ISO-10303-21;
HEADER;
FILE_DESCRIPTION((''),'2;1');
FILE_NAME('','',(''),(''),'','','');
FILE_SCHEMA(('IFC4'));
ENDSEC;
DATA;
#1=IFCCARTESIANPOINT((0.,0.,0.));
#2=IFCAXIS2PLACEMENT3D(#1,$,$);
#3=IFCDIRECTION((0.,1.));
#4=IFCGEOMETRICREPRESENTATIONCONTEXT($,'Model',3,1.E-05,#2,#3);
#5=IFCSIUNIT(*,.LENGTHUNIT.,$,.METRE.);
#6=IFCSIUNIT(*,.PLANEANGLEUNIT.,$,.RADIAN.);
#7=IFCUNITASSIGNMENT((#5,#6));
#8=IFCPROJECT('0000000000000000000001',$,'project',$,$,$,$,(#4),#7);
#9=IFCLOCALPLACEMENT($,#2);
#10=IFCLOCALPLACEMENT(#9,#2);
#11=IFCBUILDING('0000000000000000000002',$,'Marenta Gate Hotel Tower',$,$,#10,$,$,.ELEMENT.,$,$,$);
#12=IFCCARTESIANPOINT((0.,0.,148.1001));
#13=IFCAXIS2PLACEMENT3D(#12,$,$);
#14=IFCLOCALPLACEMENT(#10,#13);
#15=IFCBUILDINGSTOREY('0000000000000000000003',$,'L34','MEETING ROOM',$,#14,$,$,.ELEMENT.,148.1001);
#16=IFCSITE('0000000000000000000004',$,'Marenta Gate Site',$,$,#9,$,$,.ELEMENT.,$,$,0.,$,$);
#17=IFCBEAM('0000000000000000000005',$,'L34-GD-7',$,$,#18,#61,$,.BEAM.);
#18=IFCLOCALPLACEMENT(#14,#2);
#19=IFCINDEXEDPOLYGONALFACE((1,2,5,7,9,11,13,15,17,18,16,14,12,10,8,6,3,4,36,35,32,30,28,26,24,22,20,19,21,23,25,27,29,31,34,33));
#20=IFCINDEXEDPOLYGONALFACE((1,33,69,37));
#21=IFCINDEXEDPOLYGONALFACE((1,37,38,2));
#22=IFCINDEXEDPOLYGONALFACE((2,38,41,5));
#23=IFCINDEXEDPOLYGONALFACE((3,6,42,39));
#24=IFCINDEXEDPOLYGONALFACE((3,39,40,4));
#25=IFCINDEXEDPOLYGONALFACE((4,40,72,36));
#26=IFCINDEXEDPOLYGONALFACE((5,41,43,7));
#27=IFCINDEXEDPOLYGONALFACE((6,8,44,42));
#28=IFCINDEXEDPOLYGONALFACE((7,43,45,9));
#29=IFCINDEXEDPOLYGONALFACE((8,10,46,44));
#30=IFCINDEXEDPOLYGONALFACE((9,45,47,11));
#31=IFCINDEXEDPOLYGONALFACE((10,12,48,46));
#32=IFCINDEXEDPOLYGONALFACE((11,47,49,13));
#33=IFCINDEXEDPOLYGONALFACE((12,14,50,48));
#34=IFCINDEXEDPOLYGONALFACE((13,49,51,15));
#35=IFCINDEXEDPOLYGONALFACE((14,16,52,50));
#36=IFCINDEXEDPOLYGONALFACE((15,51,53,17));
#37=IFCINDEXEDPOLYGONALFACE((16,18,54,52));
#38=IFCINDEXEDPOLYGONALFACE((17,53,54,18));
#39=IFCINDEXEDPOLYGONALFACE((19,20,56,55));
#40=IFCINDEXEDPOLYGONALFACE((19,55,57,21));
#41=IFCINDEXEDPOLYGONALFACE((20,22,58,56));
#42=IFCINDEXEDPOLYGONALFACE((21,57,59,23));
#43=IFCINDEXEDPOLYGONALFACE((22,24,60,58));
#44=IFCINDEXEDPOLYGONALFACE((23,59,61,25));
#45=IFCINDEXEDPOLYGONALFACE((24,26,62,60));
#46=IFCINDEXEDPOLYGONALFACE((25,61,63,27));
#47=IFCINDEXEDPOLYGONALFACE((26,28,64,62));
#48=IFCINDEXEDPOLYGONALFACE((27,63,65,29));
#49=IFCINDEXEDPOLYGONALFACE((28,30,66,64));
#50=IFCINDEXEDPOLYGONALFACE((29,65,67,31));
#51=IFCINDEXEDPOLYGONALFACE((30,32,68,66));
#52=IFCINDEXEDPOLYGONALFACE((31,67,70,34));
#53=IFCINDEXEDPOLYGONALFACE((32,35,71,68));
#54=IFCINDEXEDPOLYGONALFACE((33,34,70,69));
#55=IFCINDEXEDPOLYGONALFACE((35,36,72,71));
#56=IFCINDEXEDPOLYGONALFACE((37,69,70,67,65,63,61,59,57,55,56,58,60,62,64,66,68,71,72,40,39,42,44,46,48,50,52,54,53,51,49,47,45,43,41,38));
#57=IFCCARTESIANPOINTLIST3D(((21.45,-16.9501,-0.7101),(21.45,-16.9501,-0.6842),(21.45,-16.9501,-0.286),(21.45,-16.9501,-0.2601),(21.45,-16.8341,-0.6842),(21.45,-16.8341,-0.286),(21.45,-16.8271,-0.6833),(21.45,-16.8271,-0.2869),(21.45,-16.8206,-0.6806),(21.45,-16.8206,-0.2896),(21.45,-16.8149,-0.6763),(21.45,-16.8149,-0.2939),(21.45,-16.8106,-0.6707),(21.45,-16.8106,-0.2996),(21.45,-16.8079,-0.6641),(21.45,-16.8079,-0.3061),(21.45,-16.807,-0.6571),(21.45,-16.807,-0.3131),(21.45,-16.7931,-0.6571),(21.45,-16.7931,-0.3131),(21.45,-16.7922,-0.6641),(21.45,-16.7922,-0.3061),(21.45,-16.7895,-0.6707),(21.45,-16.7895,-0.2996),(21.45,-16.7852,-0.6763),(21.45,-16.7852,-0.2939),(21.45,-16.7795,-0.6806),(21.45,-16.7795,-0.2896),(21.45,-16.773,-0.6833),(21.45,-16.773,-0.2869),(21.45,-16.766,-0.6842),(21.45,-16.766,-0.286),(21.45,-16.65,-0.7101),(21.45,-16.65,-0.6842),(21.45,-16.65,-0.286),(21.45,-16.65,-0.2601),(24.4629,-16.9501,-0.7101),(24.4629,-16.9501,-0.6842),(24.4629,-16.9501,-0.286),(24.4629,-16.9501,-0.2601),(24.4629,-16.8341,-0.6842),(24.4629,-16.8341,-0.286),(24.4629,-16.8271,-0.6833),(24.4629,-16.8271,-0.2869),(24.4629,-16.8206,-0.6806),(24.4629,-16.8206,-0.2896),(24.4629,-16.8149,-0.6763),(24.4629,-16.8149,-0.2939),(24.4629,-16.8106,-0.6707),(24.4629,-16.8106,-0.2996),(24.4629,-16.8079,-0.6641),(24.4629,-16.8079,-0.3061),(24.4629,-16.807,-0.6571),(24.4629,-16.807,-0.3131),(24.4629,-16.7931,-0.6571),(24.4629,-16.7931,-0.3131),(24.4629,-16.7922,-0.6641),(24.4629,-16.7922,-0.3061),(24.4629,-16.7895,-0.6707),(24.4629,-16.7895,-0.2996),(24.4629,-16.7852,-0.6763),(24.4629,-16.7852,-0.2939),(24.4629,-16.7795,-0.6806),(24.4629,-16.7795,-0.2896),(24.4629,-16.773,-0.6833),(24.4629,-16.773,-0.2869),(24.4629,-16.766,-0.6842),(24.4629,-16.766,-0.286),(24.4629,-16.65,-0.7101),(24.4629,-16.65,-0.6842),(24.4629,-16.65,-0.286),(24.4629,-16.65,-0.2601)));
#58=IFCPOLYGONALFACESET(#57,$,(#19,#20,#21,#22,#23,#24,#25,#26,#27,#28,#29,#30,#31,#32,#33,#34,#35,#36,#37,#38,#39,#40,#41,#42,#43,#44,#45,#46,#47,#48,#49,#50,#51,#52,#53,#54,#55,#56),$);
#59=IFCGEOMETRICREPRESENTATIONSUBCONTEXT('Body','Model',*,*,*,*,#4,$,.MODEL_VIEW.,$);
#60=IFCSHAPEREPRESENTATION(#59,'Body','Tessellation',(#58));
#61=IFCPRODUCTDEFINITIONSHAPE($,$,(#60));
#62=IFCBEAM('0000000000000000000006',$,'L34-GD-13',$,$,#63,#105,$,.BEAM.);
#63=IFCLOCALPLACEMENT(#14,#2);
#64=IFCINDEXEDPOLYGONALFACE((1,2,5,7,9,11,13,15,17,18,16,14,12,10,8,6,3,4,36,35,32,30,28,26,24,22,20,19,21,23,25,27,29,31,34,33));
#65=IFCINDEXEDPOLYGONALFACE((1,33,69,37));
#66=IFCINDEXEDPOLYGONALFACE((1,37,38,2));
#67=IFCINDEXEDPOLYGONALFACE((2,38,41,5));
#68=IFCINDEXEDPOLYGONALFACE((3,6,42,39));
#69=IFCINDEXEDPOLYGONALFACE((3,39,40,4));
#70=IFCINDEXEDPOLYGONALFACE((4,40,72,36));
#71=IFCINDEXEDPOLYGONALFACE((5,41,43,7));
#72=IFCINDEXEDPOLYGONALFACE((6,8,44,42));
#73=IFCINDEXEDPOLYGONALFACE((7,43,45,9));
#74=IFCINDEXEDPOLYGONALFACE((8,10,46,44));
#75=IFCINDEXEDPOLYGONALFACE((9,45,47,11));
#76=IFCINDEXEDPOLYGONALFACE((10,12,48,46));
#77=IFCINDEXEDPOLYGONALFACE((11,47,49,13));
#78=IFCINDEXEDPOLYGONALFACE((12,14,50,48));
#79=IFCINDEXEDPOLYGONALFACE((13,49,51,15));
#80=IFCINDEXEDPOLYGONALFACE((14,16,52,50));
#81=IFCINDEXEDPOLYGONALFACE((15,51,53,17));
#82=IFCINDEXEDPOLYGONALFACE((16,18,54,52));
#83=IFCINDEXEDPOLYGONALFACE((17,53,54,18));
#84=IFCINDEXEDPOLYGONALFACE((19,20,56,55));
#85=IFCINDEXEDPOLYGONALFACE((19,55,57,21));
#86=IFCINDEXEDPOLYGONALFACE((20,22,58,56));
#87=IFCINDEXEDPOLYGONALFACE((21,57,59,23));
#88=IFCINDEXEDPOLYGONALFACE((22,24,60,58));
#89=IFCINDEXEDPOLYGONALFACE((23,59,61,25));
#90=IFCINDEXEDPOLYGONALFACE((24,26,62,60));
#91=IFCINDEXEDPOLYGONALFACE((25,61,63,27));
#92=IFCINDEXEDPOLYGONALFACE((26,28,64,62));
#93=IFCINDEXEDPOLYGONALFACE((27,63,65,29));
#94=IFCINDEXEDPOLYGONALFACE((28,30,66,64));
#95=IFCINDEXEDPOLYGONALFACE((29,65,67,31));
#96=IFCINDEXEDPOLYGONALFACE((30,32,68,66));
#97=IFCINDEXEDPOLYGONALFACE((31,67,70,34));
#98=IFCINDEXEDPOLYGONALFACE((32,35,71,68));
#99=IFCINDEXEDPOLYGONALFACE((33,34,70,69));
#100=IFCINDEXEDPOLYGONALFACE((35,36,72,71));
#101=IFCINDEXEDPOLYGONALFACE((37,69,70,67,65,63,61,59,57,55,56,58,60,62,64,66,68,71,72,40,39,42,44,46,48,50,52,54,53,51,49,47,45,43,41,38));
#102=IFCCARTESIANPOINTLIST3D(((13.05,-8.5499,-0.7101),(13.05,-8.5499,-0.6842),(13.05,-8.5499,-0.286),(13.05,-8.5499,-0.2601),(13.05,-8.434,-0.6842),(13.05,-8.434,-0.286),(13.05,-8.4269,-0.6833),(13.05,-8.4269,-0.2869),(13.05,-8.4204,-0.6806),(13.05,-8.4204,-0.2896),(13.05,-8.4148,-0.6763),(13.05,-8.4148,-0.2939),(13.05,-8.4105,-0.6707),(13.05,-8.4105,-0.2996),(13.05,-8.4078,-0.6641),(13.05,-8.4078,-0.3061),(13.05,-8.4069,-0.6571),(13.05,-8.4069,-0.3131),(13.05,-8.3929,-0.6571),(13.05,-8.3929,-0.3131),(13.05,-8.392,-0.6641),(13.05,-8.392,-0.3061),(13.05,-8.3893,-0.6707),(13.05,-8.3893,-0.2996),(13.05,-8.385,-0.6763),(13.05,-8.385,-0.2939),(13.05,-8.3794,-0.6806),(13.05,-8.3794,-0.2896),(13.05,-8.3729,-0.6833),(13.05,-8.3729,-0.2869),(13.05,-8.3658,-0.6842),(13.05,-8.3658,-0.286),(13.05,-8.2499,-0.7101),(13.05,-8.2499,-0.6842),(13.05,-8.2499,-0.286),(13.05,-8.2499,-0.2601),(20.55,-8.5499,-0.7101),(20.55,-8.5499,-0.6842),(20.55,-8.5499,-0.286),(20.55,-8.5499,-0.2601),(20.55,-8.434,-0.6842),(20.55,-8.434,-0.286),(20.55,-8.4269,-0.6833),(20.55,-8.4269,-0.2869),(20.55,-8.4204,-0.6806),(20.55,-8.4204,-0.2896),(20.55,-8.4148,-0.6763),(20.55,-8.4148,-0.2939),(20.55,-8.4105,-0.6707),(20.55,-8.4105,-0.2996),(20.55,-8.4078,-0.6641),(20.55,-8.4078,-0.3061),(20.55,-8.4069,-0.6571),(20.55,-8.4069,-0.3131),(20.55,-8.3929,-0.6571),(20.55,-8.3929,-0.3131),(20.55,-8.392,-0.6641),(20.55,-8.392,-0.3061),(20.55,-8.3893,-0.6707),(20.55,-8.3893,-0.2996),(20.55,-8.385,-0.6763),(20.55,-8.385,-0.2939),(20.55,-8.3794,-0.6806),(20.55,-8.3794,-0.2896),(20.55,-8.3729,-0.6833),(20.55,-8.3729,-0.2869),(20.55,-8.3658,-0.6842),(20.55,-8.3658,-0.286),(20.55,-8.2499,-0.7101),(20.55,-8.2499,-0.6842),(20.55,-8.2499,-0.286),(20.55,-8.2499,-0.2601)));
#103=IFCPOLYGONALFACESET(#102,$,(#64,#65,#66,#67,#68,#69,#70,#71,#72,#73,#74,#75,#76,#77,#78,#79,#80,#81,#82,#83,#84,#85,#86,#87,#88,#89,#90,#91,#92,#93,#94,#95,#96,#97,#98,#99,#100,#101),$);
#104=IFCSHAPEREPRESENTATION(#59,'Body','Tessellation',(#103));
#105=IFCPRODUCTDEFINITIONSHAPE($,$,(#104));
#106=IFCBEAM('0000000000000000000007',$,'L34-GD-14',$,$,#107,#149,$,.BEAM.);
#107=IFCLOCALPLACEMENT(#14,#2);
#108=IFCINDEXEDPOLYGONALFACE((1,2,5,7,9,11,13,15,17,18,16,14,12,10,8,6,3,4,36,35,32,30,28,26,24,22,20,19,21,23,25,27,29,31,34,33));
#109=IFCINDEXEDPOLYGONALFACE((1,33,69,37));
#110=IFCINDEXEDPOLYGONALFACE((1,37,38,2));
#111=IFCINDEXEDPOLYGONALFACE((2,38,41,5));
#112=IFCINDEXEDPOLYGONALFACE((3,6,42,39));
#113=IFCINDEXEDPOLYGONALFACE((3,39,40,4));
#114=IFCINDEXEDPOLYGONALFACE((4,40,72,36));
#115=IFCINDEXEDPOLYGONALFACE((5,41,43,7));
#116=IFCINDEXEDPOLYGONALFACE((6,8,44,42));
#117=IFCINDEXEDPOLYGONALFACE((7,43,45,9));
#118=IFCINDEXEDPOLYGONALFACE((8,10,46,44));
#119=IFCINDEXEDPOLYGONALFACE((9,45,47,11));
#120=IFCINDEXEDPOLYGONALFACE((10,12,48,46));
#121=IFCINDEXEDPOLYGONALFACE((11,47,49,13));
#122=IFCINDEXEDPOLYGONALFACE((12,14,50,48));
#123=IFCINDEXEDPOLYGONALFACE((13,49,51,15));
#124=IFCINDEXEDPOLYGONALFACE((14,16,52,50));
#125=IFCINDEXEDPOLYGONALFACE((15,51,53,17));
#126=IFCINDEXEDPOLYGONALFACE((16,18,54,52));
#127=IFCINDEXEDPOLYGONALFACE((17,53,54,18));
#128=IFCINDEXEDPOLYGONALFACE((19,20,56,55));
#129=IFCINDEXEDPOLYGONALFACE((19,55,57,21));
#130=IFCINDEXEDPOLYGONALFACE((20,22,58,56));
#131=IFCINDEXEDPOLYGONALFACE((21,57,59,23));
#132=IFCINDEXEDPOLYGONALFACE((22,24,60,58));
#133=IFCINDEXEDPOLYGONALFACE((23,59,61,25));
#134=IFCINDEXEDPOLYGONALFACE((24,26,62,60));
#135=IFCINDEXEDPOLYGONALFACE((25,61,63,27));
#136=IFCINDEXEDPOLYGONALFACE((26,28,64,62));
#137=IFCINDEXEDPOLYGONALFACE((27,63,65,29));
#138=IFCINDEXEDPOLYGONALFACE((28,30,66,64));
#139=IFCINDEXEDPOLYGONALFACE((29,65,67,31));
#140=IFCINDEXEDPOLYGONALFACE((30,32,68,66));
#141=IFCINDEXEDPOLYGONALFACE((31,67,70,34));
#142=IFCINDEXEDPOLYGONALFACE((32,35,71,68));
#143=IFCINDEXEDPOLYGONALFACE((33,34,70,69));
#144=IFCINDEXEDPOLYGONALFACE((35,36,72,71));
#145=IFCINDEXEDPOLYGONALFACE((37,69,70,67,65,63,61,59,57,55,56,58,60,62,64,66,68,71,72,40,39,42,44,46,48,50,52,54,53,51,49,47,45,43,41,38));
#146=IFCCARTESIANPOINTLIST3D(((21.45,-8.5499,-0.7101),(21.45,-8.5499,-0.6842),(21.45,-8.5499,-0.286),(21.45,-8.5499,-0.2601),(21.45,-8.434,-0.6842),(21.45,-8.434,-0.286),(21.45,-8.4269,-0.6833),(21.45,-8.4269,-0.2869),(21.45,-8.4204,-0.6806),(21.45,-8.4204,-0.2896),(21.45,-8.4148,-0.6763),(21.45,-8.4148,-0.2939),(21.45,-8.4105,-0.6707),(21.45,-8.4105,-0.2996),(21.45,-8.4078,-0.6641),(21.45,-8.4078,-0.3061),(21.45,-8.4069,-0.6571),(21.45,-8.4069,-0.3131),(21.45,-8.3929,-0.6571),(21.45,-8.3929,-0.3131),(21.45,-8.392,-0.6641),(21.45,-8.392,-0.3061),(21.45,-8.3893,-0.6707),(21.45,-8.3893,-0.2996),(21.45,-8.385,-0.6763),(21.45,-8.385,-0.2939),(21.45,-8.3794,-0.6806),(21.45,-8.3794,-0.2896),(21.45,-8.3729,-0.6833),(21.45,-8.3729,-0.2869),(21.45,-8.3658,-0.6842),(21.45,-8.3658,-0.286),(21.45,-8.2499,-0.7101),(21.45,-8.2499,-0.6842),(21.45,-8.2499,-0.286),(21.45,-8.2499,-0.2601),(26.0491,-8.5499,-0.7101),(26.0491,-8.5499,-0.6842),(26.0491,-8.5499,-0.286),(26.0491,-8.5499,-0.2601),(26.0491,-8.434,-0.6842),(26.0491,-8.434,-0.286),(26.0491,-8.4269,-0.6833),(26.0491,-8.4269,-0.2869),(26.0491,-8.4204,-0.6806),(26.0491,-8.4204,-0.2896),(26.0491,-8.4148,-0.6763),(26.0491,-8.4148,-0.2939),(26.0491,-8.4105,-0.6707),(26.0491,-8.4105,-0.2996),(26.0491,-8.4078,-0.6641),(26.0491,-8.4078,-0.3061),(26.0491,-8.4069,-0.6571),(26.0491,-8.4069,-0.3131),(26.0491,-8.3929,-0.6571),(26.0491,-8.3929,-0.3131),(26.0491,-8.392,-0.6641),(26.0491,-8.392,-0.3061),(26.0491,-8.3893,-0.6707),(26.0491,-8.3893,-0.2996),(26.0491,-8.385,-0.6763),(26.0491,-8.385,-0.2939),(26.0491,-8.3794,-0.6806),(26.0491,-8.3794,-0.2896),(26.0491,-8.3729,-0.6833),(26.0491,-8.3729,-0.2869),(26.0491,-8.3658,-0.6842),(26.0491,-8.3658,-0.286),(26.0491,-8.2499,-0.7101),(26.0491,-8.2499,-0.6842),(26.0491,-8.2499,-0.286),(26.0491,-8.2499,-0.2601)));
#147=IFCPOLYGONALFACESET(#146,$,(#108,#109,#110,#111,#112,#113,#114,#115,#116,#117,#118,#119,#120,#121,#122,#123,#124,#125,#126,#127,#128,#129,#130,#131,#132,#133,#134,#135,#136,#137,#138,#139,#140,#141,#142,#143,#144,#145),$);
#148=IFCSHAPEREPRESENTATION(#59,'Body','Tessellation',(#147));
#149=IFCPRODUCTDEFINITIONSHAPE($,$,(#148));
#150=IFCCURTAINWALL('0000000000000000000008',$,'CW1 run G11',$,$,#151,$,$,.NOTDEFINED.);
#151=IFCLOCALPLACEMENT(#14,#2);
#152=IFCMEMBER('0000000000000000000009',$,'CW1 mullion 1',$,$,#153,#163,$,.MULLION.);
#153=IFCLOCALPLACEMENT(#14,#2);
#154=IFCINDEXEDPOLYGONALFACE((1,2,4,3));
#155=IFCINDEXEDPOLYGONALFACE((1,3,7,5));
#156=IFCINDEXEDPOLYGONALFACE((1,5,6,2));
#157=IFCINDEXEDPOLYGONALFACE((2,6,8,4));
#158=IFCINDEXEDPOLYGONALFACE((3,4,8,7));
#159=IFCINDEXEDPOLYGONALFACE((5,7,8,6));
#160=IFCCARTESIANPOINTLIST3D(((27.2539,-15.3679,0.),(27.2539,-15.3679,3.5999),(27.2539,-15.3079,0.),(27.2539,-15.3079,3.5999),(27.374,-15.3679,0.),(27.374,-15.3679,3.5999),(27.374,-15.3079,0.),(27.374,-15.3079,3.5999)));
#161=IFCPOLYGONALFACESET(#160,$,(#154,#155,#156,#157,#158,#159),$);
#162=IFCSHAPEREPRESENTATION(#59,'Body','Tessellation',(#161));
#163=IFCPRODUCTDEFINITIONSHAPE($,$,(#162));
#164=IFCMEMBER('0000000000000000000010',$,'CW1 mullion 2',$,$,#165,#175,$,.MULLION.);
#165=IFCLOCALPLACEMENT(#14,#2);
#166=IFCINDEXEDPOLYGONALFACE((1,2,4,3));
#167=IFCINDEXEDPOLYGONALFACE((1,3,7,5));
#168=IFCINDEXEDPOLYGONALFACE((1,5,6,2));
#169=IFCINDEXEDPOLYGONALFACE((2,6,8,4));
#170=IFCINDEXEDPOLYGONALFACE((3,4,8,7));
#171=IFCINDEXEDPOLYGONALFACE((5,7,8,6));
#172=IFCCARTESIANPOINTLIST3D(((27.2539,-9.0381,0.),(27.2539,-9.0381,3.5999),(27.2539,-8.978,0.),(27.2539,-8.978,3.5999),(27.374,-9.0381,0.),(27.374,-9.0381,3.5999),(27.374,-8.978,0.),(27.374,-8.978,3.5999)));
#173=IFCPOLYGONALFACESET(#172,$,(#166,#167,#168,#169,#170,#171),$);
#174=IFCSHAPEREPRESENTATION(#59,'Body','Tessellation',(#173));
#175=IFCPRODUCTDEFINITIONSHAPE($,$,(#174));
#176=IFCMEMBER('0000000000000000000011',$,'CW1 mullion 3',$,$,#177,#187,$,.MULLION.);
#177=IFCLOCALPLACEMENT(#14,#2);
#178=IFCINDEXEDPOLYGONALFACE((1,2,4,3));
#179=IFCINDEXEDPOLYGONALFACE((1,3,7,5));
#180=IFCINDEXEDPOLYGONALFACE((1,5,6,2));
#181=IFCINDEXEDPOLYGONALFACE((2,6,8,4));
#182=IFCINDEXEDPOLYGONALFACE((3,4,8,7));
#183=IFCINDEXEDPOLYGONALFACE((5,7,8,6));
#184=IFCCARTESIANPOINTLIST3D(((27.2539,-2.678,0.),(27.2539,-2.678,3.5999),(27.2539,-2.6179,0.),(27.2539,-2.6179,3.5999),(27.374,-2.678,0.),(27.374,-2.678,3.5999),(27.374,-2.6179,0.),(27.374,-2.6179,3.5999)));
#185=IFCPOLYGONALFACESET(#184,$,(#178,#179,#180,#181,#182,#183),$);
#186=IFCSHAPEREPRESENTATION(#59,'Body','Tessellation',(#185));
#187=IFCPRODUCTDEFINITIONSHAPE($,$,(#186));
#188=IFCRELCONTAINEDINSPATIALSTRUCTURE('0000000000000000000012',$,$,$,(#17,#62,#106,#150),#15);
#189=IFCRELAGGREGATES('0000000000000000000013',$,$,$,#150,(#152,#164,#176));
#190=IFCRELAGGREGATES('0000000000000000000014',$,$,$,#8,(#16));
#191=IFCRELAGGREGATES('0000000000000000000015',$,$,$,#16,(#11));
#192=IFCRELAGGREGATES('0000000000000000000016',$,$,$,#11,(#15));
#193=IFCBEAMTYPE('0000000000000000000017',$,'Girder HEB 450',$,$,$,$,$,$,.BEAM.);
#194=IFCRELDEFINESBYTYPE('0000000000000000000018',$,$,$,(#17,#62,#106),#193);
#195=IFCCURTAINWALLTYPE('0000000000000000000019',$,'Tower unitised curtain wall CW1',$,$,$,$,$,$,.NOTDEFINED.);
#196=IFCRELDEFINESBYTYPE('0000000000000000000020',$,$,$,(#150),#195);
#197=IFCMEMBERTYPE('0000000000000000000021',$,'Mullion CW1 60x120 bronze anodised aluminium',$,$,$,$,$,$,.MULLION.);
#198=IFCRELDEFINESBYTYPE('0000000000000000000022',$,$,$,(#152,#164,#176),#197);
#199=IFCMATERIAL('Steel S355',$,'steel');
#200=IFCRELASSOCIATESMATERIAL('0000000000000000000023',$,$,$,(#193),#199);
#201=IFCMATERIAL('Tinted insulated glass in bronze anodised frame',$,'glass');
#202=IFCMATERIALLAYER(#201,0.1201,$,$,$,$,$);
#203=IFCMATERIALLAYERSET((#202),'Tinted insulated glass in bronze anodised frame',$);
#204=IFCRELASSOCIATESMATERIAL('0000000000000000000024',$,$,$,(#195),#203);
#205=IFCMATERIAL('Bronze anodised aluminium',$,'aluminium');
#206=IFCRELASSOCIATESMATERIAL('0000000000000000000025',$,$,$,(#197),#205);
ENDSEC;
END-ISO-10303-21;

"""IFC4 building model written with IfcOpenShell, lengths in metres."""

from ifc_helpers import new_model, si_unit, direction, frame, origin, origin_2d, place, context, subcontext, project, spatial, rectangle, i_section, extrude, material, layer, layer_set, material_profile, profile_set, type_object, element, aggregate, save


model = new_model("IFC4")

# Units and contexts
model_context = context("Model", 3, precision=1e-05, world=origin(), true_north=direction((0.0, 1.0)))
body_context = subcontext(model_context, "Body", "Model", "MODEL_VIEW")
ifc_project = project(units=[si_unit("LENGTHUNIT", "METRE"), si_unit("PLANEANGLEUNIT", "RADIAN")], contexts=[model_context])

# Site, building, storey
site_placement = place(None, origin())
site = spatial("IfcSite", under=ifc_project, at=site_placement, Name="Marenta Gate Site", CompositionType="ELEMENT", RefElevation=0.0)
building_placement = place(site_placement, origin())
building = spatial("IfcBuilding", under=site, at=building_placement, Name="Marenta Gate Hotel Tower", CompositionType="ELEMENT")
storey_placement = place(building_placement, frame((0.0, 0.0, 148.1001)))
storey = spatial("IfcBuildingStorey", under=building, at=storey_placement, Name="L34", Description="MEETING ROOM", CompositionType="ELEMENT", Elevation=148.1001)

# Beams
ifc_material_1 = material(Name="Steel S355", Category="steel")
ifc_material_profile_1 = material_profile(ifc_material_1, i_section(OverallWidth=0.3, OverallDepth=0.45, WebThickness=0.0139, FlangeThickness=0.0259, FilletRadius=0.0271, at=origin_2d()), Name="HEB 450")
ifc_profile_set_1 = profile_set([ifc_material_profile_1], Name="Steel S355")
beam_type_1 = type_object("IfcBeamType", Name="Girder HEB 450", PredefinedType="BEAM", material=ifc_profile_set_1)
beam_1_placement = place(storey_placement, frame((21.45, -16.8, -0.4851), z_axis=(1.0, 0.0, 0.0), x_axis=(0.0, 1.0, 0.0)))
element("IfcBeam", 1, at=beam_1_placement, inside=storey, type_object=beam_type_1, Name="L34-GD-7", PredefinedType="BEAM", context=body_context, shape_type="SweptSolid", body=[
    extrude(i_section(OverallWidth=0.3, OverallDepth=0.45, WebThickness=0.0139, FlangeThickness=0.0259, FilletRadius=0.0271, at=origin_2d()), origin(), (0.0, 0.0, 1.0), 3.0129),
])
beam_2_placement = place(storey_placement, frame((13.05, -8.3999, -0.4851), z_axis=(1.0, 0.0, 0.0), x_axis=(0.0, 1.0, 0.0)))
element("IfcBeam", 2, at=beam_2_placement, inside=storey, type_object=beam_type_1, Name="L34-GD-13", PredefinedType="BEAM", context=body_context, shape_type="SweptSolid", body=[
    extrude(i_section(OverallWidth=0.3, OverallDepth=0.45, WebThickness=0.0139, FlangeThickness=0.0259, FilletRadius=0.0271, at=origin_2d()), origin(), (0.0, 0.0, 1.0), 7.5),
])
beam_3_placement = place(storey_placement, frame((21.45, -8.3999, -0.4851), z_axis=(1.0, 0.0, 0.0), x_axis=(0.0, 1.0, 0.0)))
element("IfcBeam", 3, at=beam_3_placement, inside=storey, type_object=beam_type_1, Name="L34-GD-14", PredefinedType="BEAM", context=body_context, shape_type="SweptSolid", body=[
    extrude(i_section(OverallWidth=0.3, OverallDepth=0.45, WebThickness=0.0139, FlangeThickness=0.0259, FilletRadius=0.0271, at=origin_2d()), origin(), (0.0, 0.0, 1.0), 4.5991),
])

# Curtain wall, members
ifc_material_2 = material(Name="Tinted insulated glass in bronze anodised frame", Category="glass")
ifc_layer_1 = layer(ifc_material_2, 0.1201)
ifc_layer_set_1 = layer_set([ifc_layer_1], Name="Tinted insulated glass in bronze anodised frame")
curtain_wall_type = type_object("IfcCurtainWallType", Name="Tower unitised curtain wall CW1", PredefinedType="NOTDEFINED", material=ifc_layer_set_1)
curtain_wall_placement = place(storey_placement, origin())
curtain_wall = element("IfcCurtainWall", 4, at=curtain_wall_placement, inside=storey, type_object=curtain_wall_type, Name="CW1 run G11", PredefinedType="NOTDEFINED")
ifc_material_3 = material(Name="Bronze anodised aluminium", Category="aluminium")
ifc_material_profile_2 = material_profile(ifc_material_3, rectangle(XDim=0.1201, YDim=0.0601, at=origin_2d()), Name="Mullion CW1 60x120 bronze anodised aluminium")
ifc_profile_set_2 = profile_set([ifc_material_profile_2], Name="Bronze anodised aluminium")
member_type_1 = type_object("IfcMemberType", Name="Mullion CW1 60x120 bronze anodised aluminium", PredefinedType="MULLION", material=ifc_profile_set_2)
member_1_placement = place(storey_placement, frame((27.314, -15.3379, 0.0), z_axis=(0.0, 0.0, 1.0), x_axis=(-1.0, 0.0, 0.0)))
member_1 = element("IfcMember", 5, at=member_1_placement, type_object=member_type_1, Name="CW1 mullion 1", PredefinedType="MULLION", context=body_context, shape_type="SweptSolid", body=[
    extrude(rectangle(XDim=0.1201, YDim=0.0601, at=origin_2d()), origin(), (0.0, 0.0, 1.0), 3.5999),
])
member_2_placement = place(storey_placement, frame((27.314, -9.0081, 0.0), z_axis=(0.0, 0.0, 1.0), x_axis=(-1.0, 0.0, 0.0)))
member_2 = element("IfcMember", 6, at=member_2_placement, type_object=member_type_1, Name="CW1 mullion 2", PredefinedType="MULLION", context=body_context, shape_type="SweptSolid", body=[
    extrude(rectangle(XDim=0.1201, YDim=0.0601, at=origin_2d()), origin(), (0.0, 0.0, 1.0), 3.5999),
])
member_3_placement = place(storey_placement, frame((27.314, -2.6479, 0.0), z_axis=(0.0, 0.0, 1.0), x_axis=(-1.0, 0.0, 0.0)))
member_3 = element("IfcMember", 7, at=member_3_placement, type_object=member_type_1, Name="CW1 mullion 3", PredefinedType="MULLION", context=body_context, shape_type="SweptSolid", body=[
    extrude(rectangle(XDim=0.1201, YDim=0.0601, at=origin_2d()), origin(), (0.0, 0.0, 1.0), 3.5999),
])
aggregate(curtain_wall, [member_1, member_2, member_3])

save(model, "model.ifc")
